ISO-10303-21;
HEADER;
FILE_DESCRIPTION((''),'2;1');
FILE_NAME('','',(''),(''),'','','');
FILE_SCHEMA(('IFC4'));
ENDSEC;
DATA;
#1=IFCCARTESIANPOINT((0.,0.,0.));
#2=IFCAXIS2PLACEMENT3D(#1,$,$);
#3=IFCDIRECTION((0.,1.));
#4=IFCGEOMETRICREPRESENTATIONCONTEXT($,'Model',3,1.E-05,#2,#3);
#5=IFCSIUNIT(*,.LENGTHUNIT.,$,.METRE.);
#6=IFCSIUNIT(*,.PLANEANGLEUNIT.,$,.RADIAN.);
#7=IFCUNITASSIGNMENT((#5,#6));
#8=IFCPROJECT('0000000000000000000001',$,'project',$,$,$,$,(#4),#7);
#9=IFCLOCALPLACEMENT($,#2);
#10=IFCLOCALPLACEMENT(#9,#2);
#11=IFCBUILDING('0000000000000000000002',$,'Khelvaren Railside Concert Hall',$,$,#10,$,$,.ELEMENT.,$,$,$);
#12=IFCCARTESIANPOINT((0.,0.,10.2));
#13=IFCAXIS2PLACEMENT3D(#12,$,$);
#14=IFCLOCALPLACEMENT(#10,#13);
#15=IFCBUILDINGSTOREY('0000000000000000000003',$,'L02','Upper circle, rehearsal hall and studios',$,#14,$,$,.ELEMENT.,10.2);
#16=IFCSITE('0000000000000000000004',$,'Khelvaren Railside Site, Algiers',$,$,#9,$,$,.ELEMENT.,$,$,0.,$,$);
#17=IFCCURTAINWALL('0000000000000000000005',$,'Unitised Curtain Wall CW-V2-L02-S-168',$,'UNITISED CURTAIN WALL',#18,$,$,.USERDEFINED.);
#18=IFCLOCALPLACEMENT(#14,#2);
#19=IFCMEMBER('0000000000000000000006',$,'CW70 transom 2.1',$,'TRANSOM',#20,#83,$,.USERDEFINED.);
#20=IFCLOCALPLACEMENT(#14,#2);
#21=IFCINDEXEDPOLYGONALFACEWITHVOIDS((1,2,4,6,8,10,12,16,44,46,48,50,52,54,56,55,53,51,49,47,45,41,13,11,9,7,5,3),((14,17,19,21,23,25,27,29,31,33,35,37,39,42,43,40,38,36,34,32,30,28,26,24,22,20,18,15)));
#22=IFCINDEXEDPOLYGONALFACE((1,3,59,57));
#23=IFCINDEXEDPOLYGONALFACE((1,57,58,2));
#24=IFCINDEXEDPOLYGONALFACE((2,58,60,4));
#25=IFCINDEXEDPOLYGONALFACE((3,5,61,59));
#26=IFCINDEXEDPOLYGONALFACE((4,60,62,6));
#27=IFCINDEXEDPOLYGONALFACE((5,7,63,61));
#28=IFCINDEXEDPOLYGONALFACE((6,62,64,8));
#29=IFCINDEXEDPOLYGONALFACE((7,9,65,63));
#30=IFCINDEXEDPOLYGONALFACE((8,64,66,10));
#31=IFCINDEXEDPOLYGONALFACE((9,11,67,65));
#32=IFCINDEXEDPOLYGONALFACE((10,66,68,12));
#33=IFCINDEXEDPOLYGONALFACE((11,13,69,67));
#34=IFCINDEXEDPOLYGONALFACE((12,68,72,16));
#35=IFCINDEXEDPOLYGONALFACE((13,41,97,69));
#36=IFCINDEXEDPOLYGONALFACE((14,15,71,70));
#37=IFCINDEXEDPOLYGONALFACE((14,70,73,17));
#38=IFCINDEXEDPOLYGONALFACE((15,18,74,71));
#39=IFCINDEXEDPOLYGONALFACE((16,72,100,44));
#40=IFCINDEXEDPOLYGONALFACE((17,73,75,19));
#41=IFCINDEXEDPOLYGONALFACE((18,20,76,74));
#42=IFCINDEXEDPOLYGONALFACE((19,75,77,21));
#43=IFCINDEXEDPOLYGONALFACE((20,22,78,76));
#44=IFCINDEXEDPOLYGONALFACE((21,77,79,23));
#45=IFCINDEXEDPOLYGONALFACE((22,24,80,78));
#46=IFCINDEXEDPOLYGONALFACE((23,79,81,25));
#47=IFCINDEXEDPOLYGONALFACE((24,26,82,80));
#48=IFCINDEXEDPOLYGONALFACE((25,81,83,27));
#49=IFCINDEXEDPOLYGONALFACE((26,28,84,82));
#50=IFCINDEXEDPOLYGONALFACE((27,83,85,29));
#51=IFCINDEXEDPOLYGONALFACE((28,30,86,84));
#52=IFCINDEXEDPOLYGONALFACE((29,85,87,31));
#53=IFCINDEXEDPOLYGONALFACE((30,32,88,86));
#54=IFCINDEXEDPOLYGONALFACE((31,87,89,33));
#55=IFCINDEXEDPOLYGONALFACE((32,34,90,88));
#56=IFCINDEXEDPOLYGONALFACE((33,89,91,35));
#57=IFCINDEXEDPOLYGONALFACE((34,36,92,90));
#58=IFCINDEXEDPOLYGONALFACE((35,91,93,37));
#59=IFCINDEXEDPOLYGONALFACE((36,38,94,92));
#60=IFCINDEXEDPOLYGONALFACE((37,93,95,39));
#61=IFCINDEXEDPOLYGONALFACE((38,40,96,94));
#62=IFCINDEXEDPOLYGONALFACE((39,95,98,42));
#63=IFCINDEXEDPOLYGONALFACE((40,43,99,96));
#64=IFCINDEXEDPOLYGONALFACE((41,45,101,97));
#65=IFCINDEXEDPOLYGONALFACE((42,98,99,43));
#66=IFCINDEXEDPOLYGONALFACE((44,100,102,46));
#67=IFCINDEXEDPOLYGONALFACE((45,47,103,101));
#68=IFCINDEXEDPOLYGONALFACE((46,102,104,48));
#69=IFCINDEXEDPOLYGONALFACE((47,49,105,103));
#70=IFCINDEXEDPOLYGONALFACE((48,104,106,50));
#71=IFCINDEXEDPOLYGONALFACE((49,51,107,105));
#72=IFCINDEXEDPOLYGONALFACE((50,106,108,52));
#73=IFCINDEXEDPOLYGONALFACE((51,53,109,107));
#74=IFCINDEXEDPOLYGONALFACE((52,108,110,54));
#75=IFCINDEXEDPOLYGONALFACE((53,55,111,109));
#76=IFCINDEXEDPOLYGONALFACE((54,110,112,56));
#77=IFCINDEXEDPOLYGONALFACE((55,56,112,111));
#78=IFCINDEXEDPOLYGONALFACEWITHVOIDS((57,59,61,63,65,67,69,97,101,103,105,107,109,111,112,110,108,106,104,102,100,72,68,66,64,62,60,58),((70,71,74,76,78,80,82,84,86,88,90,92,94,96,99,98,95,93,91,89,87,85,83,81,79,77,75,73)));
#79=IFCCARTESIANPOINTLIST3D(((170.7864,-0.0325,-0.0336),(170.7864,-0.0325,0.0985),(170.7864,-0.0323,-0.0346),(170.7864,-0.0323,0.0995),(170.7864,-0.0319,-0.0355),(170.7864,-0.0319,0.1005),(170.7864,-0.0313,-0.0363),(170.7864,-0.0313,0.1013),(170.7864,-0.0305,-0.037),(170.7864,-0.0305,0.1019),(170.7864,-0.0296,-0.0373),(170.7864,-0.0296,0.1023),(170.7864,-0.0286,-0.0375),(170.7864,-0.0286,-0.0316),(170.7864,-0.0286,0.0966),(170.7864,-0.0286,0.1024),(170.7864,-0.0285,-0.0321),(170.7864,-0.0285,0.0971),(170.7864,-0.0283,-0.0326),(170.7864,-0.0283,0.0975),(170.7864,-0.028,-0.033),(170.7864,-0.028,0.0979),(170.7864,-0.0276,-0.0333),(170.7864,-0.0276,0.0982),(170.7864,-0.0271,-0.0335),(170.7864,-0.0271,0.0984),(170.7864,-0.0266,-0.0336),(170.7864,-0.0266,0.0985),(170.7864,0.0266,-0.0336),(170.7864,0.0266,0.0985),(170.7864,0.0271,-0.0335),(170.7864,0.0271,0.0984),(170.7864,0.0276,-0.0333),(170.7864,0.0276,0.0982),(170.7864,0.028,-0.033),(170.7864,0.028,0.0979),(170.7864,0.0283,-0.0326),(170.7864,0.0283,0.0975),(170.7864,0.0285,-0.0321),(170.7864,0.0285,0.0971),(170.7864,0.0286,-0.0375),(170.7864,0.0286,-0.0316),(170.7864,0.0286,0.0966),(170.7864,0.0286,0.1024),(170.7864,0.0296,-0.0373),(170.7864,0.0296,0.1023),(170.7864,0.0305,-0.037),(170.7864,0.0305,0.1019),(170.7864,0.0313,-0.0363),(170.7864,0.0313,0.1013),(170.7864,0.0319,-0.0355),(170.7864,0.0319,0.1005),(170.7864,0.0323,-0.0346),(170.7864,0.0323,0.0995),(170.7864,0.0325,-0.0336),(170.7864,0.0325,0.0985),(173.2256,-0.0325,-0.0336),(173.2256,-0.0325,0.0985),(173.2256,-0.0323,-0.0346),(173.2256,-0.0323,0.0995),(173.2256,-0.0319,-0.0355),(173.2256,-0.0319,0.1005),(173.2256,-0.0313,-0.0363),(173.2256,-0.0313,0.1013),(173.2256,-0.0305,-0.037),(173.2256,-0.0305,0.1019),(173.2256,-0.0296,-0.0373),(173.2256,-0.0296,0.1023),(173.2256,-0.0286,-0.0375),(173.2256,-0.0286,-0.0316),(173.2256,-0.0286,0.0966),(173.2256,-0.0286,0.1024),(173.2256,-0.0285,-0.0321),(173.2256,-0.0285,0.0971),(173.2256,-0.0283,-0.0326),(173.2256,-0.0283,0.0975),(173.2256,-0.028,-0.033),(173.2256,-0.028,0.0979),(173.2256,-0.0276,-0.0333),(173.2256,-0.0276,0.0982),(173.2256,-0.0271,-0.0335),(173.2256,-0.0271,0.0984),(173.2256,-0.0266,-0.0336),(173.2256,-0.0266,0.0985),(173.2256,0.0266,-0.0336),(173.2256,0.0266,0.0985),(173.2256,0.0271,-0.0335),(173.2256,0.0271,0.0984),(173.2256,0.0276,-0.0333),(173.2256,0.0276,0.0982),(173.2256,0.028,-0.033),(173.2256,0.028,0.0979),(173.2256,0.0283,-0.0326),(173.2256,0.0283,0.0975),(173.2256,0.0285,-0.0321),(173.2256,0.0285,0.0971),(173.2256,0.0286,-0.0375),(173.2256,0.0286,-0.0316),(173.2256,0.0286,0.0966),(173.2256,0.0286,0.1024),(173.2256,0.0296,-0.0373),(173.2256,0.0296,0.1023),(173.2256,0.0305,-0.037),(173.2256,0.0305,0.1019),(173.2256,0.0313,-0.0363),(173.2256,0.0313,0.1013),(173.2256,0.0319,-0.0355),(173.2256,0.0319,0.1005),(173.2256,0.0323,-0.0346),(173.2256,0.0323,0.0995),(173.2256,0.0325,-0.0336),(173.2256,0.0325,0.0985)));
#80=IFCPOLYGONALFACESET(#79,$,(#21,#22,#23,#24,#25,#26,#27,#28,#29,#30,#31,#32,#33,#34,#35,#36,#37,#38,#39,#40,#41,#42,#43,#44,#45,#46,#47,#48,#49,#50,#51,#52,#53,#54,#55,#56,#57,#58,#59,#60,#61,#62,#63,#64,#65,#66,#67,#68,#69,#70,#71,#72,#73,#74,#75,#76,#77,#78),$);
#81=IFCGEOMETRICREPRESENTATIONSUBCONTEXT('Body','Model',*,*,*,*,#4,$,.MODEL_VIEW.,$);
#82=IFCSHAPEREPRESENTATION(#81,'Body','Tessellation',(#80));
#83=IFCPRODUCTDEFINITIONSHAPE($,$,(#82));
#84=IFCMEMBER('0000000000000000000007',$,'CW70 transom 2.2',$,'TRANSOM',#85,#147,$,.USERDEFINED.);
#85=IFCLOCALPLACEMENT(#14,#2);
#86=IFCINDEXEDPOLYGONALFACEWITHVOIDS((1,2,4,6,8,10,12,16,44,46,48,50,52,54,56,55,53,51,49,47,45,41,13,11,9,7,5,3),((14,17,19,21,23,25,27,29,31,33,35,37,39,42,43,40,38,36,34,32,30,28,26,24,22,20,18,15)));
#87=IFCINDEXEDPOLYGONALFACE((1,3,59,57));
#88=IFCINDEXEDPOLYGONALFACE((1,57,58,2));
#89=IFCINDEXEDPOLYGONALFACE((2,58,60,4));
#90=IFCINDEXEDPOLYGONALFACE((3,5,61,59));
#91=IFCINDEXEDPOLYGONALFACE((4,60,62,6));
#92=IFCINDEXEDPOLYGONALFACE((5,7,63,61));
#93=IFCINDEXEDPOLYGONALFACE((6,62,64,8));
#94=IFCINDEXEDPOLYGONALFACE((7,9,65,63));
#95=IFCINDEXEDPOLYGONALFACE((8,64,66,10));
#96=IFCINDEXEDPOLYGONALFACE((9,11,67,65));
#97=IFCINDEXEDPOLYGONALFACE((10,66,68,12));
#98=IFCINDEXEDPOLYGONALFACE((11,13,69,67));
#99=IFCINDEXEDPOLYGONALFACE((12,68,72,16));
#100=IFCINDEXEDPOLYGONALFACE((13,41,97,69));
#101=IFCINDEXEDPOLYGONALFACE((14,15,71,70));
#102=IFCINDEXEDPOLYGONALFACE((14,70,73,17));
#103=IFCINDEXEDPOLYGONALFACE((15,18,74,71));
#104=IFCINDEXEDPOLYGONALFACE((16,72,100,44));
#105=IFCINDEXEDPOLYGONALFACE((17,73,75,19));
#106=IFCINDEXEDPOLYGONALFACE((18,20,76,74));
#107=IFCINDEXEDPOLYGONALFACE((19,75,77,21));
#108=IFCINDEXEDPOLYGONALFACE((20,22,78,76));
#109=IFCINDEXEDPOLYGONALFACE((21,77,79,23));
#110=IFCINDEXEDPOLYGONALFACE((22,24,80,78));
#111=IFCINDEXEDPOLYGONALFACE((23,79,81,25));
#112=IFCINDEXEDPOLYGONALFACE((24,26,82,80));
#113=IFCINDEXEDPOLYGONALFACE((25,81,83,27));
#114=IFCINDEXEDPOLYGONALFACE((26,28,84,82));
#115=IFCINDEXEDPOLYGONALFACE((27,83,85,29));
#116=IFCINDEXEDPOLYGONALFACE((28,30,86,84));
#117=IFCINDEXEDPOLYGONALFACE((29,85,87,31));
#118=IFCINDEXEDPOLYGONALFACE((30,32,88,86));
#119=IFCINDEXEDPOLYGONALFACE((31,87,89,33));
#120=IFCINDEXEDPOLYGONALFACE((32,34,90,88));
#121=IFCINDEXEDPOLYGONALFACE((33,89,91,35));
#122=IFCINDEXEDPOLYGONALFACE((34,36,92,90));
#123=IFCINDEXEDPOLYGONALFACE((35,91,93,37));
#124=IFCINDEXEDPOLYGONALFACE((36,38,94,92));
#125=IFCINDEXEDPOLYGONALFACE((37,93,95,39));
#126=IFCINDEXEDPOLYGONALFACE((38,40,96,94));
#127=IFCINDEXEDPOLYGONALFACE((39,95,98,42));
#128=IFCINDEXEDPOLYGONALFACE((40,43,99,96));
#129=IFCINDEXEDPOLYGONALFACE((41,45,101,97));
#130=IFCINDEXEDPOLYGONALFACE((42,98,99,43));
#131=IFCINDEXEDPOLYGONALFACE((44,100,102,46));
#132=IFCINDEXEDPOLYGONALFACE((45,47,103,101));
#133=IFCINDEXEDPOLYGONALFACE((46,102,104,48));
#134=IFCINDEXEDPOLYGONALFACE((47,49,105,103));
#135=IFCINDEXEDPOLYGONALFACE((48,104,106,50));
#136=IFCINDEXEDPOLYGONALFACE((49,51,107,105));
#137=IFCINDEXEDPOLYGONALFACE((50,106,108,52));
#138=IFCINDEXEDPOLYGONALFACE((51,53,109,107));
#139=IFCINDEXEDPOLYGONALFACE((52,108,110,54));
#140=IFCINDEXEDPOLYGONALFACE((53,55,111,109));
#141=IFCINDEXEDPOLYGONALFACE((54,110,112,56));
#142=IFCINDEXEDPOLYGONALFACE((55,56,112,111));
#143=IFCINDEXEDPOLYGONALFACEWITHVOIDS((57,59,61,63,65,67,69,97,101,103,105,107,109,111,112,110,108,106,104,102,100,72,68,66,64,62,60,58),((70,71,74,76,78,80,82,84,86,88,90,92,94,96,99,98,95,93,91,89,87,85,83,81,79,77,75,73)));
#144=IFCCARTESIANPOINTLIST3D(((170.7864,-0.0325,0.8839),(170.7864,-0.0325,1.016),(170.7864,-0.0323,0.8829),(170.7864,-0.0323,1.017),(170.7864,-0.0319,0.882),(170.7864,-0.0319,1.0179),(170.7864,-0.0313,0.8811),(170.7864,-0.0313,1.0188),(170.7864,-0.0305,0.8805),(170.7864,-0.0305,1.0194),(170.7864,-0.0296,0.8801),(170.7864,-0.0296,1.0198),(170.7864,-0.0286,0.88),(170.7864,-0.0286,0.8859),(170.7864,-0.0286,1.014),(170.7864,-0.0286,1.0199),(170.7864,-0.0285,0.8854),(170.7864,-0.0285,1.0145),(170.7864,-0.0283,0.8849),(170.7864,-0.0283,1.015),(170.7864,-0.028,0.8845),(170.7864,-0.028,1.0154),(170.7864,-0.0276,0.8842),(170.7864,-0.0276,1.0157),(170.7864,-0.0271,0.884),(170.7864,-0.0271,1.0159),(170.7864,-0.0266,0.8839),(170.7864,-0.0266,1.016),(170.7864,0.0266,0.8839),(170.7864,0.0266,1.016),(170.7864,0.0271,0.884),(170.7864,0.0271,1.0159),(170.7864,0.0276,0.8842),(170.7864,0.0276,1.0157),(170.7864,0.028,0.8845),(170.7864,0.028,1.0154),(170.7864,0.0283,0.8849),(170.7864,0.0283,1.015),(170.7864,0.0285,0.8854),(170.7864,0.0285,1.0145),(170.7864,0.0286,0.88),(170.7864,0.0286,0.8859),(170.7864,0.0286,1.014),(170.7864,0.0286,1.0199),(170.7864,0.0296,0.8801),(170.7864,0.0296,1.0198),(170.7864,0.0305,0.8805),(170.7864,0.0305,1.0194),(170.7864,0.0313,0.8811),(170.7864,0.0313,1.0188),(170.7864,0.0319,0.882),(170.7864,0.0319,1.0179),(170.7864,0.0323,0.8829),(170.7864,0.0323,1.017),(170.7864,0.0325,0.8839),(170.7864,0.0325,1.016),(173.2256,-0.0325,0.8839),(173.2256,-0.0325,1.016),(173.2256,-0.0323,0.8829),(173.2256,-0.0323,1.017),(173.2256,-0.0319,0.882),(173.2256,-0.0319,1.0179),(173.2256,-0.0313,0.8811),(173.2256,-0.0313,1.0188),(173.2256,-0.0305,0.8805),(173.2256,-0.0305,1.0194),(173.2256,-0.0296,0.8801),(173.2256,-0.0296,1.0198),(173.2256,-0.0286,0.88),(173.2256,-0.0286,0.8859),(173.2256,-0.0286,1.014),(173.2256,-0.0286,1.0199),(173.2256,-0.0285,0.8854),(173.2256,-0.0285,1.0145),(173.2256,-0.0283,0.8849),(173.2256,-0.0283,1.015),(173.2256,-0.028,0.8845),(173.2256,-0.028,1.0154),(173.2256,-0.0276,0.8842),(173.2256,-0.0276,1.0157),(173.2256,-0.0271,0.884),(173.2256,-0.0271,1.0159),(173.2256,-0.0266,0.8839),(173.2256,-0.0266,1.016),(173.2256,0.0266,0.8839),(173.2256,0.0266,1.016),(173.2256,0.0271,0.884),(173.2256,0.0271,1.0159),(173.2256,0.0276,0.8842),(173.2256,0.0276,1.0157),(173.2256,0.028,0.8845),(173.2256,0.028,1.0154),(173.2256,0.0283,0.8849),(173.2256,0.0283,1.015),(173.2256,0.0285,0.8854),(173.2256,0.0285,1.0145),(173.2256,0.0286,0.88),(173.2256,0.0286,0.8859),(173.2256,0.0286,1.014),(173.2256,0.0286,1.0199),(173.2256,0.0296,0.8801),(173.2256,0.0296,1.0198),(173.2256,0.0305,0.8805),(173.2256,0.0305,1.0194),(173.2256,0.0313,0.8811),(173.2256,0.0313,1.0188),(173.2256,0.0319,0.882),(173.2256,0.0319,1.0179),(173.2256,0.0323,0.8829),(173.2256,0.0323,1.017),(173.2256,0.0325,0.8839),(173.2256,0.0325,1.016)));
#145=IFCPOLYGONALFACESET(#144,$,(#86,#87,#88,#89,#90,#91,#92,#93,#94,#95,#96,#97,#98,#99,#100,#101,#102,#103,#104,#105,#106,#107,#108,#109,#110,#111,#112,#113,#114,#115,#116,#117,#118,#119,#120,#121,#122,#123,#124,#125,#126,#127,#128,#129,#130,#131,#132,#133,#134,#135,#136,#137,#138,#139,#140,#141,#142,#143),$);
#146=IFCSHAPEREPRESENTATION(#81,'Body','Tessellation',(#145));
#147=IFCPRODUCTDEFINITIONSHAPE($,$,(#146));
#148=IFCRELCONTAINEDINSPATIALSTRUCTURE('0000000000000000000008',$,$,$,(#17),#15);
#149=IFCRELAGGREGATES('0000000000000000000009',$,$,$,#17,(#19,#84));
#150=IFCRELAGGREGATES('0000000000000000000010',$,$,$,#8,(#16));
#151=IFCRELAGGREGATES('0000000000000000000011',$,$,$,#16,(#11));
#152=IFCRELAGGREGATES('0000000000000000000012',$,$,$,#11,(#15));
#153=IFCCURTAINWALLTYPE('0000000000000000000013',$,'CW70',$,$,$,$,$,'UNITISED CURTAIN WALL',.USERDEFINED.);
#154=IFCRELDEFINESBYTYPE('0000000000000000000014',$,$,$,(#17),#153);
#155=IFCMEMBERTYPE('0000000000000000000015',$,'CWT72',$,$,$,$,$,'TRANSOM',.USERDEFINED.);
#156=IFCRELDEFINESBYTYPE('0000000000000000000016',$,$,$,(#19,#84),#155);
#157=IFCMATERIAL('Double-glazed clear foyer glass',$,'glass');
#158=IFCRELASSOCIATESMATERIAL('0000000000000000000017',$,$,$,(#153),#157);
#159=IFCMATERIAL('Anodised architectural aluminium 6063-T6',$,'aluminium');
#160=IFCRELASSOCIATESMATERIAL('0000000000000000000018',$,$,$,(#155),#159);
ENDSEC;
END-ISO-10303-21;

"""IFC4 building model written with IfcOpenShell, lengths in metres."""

from ifc_helpers import new_model, si_unit, direction, frame, origin, origin_2d, place, context, subcontext, project, spatial, hollow_rectangle, extrude, material, material_profile, profile_set, type_object, element, aggregate, save


model = new_model("IFC4")

# Units and contexts
model_context = context("Model", 3, precision=1e-05, world=origin(), true_north=direction((0.0, 1.0)))
body_context = subcontext(model_context, "Body", "Model", "MODEL_VIEW")
ifc_project = project(units=[si_unit("LENGTHUNIT", "METRE"), si_unit("PLANEANGLEUNIT", "RADIAN")], contexts=[model_context])

# Site, building, storey
site_placement = place(None, origin())
site = spatial("IfcSite", under=ifc_project, at=site_placement, Name="Khelvaren Railside Site, Algiers", CompositionType="ELEMENT", RefElevation=0.0)
building_placement = place(site_placement, origin())
building = spatial("IfcBuilding", under=site, at=building_placement, Name="Khelvaren Railside Concert Hall", CompositionType="ELEMENT")
storey_placement = place(building_placement, frame((0.0, 0.0, 10.2)))
storey = spatial("IfcBuildingStorey", under=building, at=storey_placement, Name="L02", Description="Upper circle, rehearsal hall and studios", CompositionType="ELEMENT", Elevation=10.2)

# Shared definitions
ifc_material_1 = material(Name="Double-glazed clear foyer glass", Category="glass")
ifc_material_2 = material(Name="Anodised architectural aluminium 6063-T6", Category="aluminium")

# Curtain wall
curtain_wall_type_1 = type_object("IfcCurtainWallType", Name="CW70", ElementType="UNITISED CURTAIN WALL", PredefinedType="USERDEFINED", material=ifc_material_1)
curtain_wall_1_placement = place(storey_placement, origin())
curtain_wall_1 = element("IfcCurtainWall", 1, at=curtain_wall_1_placement, inside=storey, type_object=curtain_wall_type_1, Name="Unitised Curtain Wall CW-V2-L02-S-168", ObjectType="UNITISED CURTAIN WALL", PredefinedType="USERDEFINED")

# Members
ifc_material_profile_1 = material_profile(ifc_material_2, hollow_rectangle(XDim=0.0649, YDim=0.1399, WallThickness=0.0039, InnerFilletRadius=0.002, OuterFilletRadius=0.0039, at=origin_2d()), Name="CWT 65x140x4")
ifc_profile_set_1 = profile_set([ifc_material_profile_1], Name="Anodised architectural aluminium 6063-T6")
member_type_1 = type_object("IfcMemberType", Name="CWT72", ElementType="TRANSOM", PredefinedType="USERDEFINED", material=ifc_profile_set_1)
member_1_placement = place(storey_placement, frame((173.2256, 0.0, 0.0325), z_axis=(-1.0, 0.0, 0.0), x_axis=(0.0, -1.0, 0.0)))
member_1 = element("IfcMember", 2, at=member_1_placement, type_object=member_type_1, Name="CW70 transom 2.1", ObjectType="TRANSOM", PredefinedType="USERDEFINED", context=body_context, shape_type="SweptSolid", body=[
    extrude(hollow_rectangle(XDim=0.0649, YDim=0.1399, WallThickness=0.0039, InnerFilletRadius=0.002, OuterFilletRadius=0.0039, at=origin_2d()), origin(), (0.0, 0.0, 1.0), 2.4392),
])
member_2_placement = place(storey_placement, frame((173.2256, 0.0, 0.95), z_axis=(-1.0, 0.0, 0.0), x_axis=(0.0, -1.0, 0.0)))
member_2 = element("IfcMember", 3, at=member_2_placement, type_object=member_type_1, Name="CW70 transom 2.2", ObjectType="TRANSOM", PredefinedType="USERDEFINED", context=body_context, shape_type="SweptSolid", body=[
    extrude(hollow_rectangle(XDim=0.0649, YDim=0.1399, WallThickness=0.0039, InnerFilletRadius=0.002, OuterFilletRadius=0.0039, at=origin_2d()), origin(), (0.0, 0.0, 1.0), 2.4392),
])

aggregate(curtain_wall_1, [member_1, member_2])

save(model, "model.ifc")
